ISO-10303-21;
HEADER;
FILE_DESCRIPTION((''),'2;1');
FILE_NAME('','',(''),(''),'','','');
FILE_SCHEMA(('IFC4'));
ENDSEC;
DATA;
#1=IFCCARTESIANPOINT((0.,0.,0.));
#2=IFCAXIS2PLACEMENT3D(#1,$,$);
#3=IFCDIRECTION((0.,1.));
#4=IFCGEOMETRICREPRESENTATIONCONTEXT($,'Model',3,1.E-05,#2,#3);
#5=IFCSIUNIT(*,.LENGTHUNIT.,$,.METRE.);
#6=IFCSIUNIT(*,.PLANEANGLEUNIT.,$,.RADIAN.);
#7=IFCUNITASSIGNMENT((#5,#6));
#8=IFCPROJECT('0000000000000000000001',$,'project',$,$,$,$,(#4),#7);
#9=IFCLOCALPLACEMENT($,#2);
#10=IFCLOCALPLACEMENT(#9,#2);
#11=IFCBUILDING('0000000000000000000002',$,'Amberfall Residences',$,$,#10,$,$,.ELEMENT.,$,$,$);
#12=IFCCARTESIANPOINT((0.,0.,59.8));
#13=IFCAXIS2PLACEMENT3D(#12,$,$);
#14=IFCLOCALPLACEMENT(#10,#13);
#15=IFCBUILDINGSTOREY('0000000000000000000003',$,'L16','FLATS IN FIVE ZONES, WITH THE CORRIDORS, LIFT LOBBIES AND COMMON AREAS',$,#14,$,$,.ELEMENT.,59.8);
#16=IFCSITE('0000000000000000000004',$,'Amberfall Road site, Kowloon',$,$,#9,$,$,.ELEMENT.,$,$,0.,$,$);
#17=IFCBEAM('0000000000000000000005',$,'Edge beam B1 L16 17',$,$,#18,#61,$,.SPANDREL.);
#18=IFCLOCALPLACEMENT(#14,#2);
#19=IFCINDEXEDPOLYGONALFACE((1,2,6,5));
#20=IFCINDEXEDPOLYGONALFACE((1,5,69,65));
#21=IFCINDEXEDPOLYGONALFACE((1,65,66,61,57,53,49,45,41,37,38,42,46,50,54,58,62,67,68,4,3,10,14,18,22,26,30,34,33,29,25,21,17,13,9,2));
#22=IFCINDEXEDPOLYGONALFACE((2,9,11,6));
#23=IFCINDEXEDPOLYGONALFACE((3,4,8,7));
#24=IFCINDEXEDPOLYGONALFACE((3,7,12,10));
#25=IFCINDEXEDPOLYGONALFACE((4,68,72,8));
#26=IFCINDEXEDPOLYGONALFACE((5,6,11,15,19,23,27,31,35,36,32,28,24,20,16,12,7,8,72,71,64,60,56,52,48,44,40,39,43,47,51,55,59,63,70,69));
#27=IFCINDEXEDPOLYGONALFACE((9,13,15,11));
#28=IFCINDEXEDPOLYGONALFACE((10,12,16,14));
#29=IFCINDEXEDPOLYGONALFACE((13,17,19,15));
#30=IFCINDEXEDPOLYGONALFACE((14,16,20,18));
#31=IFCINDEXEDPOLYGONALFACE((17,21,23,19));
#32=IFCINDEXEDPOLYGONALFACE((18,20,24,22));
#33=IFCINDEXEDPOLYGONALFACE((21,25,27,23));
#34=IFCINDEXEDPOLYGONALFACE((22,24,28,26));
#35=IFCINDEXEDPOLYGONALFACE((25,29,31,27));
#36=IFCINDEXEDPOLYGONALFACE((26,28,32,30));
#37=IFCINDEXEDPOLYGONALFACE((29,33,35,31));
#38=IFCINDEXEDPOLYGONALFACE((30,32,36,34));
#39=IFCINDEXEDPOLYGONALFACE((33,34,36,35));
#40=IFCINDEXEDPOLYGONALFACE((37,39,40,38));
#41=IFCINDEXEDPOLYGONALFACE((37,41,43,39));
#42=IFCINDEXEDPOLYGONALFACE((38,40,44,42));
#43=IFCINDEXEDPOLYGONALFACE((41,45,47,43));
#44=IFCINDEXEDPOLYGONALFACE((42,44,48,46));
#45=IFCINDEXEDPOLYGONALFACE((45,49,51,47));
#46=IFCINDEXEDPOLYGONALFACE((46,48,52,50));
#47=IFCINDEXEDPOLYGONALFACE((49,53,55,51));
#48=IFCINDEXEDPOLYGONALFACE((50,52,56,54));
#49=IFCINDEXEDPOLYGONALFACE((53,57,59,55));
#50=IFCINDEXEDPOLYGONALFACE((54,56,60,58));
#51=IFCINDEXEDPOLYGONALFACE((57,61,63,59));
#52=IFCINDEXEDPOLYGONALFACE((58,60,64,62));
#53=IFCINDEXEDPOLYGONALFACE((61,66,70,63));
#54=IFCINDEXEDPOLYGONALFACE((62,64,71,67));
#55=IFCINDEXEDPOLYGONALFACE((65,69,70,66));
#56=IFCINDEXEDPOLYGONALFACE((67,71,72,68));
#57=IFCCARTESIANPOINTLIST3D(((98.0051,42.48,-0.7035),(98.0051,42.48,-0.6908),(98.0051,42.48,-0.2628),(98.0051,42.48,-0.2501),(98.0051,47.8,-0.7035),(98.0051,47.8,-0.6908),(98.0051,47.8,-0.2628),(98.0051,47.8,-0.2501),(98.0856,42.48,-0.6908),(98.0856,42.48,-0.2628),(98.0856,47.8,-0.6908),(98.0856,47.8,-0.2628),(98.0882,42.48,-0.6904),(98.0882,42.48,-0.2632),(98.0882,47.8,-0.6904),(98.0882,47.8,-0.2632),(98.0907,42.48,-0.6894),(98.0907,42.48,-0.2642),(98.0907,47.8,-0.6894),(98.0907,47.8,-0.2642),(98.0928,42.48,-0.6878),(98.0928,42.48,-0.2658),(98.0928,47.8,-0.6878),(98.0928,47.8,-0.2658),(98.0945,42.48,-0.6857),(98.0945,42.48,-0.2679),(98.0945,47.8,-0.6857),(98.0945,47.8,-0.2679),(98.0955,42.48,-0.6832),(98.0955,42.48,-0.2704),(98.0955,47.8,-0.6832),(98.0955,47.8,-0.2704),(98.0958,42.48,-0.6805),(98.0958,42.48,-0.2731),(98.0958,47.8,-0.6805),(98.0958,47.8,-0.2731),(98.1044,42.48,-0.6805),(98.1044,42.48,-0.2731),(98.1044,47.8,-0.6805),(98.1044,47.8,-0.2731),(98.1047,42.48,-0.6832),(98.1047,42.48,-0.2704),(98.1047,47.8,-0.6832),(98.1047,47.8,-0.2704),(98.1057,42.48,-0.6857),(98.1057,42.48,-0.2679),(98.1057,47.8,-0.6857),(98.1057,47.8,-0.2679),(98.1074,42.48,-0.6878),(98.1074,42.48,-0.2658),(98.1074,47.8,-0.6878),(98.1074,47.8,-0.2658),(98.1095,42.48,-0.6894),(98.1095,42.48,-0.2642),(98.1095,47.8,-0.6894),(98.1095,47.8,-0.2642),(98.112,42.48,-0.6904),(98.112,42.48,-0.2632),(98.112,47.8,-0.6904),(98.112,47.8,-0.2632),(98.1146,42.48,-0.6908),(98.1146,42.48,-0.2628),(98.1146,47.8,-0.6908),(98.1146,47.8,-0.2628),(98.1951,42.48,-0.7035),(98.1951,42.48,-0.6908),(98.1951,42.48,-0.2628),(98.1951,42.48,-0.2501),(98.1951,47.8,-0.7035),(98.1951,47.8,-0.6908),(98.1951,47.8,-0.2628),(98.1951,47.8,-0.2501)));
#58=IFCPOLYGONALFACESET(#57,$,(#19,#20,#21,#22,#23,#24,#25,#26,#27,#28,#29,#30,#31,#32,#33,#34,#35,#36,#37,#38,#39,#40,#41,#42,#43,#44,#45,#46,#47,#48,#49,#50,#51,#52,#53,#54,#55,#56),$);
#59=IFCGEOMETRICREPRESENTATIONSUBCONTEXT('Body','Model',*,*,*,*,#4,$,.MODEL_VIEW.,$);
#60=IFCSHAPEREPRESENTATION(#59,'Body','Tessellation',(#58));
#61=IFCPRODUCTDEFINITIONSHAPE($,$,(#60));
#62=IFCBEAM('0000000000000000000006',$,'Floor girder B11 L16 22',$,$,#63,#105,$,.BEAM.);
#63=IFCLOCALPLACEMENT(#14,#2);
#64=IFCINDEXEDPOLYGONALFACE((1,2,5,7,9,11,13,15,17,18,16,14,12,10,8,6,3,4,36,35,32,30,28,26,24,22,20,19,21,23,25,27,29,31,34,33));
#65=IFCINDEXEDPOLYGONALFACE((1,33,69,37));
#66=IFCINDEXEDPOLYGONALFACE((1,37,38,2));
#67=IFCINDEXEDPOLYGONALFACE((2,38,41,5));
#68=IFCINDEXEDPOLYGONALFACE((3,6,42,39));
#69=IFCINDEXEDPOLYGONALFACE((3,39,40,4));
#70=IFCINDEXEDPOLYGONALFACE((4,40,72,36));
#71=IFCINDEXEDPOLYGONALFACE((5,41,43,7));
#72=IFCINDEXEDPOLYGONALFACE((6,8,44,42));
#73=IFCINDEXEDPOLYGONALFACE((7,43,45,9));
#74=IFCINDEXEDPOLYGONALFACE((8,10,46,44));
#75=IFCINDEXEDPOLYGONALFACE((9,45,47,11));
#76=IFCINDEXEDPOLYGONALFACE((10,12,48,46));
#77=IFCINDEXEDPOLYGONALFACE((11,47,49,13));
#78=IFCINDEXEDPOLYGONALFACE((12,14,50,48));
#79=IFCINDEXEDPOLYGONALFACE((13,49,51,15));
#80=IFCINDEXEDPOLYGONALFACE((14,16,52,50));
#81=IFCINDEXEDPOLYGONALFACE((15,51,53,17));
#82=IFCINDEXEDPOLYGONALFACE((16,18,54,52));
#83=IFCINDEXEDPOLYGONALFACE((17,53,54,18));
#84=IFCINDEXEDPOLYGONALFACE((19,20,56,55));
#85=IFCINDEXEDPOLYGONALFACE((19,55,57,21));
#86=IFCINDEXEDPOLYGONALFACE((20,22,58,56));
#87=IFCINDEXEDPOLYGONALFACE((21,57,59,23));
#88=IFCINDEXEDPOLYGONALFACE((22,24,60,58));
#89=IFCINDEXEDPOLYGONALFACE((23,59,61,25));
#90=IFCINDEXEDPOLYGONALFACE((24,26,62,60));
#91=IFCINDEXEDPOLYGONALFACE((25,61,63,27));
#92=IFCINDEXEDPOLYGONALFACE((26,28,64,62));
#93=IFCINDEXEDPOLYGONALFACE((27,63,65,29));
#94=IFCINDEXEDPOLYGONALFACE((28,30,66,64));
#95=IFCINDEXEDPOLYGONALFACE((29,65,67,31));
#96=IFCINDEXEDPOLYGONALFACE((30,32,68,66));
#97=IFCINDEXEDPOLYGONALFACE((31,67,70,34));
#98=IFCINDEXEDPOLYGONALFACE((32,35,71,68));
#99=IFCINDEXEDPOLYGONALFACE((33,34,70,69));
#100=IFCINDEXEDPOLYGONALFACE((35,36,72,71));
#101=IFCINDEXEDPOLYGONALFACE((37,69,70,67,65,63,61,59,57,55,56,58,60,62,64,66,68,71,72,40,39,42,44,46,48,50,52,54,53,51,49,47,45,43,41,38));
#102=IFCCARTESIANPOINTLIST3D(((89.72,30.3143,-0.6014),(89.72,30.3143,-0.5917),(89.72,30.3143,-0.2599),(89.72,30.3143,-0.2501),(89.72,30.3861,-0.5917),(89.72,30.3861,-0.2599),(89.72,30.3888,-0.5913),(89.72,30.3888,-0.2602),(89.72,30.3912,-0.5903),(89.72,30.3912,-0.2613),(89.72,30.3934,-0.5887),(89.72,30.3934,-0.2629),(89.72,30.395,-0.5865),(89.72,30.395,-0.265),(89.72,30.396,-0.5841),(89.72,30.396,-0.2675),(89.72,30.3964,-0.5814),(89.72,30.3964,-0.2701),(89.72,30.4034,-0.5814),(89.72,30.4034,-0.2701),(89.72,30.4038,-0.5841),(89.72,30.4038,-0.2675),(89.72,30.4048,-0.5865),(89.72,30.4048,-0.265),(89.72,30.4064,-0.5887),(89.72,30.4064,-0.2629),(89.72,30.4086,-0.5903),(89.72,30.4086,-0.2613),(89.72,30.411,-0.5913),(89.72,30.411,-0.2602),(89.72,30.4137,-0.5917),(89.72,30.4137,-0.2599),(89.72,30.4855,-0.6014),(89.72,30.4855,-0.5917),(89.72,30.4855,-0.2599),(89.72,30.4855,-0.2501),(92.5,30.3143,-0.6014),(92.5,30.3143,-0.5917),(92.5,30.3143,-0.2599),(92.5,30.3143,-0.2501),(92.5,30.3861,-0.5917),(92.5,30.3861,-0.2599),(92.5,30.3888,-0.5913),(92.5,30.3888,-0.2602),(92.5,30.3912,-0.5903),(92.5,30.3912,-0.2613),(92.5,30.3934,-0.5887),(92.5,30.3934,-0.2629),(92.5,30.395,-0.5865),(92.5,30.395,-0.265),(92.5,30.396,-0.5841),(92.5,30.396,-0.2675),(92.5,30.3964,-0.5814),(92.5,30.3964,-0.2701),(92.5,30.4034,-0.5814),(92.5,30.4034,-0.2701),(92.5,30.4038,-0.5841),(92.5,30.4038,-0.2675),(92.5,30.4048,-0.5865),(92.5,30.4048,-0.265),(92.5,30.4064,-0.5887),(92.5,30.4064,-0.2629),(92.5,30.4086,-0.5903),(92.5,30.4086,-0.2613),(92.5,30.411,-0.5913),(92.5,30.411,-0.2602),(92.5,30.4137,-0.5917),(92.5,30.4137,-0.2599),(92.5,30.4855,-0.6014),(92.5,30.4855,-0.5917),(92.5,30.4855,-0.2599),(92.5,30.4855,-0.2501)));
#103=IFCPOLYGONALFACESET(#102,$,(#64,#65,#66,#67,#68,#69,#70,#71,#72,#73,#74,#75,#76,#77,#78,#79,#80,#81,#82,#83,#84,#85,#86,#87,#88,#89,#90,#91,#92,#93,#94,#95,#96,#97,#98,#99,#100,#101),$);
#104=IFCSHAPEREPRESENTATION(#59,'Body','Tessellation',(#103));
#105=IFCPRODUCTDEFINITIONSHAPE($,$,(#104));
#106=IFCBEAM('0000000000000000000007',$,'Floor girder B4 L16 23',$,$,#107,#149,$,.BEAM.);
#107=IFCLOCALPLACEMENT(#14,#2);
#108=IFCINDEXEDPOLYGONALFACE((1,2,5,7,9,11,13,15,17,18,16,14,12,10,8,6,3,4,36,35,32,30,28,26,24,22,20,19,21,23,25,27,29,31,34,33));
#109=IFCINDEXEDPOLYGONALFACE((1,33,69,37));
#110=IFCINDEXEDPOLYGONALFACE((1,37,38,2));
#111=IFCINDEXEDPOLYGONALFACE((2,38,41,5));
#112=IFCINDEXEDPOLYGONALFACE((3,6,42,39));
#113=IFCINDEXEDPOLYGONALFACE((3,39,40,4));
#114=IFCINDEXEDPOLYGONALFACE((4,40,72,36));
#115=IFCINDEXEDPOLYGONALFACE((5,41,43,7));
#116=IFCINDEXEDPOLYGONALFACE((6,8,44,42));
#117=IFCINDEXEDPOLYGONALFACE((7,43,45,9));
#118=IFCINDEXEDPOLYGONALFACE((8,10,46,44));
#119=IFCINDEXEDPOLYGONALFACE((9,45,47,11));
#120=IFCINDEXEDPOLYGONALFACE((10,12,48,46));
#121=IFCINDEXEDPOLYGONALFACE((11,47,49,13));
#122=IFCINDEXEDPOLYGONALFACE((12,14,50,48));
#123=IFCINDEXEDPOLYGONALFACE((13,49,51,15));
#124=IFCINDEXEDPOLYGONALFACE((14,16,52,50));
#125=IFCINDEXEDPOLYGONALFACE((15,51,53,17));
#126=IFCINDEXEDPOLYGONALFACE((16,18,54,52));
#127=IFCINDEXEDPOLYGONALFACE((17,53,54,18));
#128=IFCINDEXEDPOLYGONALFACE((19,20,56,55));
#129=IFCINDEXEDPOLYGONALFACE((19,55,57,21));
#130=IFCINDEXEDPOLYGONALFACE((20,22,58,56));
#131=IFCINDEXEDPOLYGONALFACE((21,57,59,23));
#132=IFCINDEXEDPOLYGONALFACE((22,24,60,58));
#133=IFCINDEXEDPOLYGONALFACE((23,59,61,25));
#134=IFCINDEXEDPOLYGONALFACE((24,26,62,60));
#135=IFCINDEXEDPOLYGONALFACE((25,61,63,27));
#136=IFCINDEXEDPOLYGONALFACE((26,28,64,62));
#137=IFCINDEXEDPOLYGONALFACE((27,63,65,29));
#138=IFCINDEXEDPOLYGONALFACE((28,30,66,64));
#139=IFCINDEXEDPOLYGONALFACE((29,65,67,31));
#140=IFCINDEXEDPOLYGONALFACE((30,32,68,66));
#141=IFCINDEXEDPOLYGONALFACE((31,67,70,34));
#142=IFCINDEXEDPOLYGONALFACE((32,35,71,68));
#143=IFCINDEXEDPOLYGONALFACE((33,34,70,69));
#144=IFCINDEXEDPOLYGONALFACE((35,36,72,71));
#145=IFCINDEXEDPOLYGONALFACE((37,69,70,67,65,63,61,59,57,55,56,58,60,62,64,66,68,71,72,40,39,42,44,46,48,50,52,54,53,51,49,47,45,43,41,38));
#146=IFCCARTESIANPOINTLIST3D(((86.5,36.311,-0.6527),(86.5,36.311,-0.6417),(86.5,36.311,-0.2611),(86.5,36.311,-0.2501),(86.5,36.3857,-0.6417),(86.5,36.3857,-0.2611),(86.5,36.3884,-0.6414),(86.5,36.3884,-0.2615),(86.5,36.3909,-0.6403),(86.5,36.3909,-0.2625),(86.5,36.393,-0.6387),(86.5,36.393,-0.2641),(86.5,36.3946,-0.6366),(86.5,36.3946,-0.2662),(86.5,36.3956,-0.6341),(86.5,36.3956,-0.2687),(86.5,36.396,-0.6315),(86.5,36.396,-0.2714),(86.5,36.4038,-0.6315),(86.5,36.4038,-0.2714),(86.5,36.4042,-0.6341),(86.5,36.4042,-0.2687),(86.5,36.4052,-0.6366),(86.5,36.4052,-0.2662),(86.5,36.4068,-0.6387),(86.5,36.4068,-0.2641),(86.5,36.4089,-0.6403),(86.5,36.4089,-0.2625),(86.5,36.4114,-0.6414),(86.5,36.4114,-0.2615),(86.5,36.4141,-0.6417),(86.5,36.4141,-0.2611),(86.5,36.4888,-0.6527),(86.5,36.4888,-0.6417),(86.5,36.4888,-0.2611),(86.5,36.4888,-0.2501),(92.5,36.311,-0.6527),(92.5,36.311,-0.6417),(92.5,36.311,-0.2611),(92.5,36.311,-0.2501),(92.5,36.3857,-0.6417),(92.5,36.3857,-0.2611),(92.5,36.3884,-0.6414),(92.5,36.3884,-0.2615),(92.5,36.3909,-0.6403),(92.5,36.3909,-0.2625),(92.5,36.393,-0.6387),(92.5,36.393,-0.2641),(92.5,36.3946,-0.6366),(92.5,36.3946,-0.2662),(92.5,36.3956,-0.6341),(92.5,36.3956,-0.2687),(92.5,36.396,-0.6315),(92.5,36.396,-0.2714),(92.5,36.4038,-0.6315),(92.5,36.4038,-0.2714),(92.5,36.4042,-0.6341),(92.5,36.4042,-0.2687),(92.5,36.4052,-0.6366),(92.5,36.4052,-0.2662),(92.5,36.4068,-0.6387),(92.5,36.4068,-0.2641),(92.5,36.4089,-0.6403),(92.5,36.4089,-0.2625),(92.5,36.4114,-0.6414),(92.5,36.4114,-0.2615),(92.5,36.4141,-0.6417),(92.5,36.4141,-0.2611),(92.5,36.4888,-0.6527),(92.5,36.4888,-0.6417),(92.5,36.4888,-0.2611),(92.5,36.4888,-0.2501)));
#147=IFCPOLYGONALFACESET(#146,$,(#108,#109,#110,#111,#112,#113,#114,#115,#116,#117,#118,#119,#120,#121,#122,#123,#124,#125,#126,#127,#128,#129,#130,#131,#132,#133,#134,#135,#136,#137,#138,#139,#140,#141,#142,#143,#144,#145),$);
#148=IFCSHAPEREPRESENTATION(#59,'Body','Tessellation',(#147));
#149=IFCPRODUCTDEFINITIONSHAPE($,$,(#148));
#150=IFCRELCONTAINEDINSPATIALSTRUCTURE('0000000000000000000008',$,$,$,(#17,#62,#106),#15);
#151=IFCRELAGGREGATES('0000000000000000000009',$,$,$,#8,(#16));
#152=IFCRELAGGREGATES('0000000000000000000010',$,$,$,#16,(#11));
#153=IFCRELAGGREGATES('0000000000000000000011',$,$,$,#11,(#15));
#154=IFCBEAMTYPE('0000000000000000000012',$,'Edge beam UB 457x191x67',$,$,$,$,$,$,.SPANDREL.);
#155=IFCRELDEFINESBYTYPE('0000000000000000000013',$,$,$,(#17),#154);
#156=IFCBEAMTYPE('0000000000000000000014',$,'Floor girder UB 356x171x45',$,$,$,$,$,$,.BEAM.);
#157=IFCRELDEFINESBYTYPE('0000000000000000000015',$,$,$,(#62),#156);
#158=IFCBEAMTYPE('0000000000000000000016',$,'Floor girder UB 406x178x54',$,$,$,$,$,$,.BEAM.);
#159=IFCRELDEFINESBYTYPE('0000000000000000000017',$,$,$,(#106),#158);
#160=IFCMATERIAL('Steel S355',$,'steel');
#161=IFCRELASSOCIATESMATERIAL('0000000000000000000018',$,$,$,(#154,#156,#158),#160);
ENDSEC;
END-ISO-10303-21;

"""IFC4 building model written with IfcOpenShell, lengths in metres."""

from ifc_helpers import new_model, si_unit, direction, frame, origin, origin_2d, place, context, subcontext, project, spatial, i_section, extrude, material, material_profile, profile_set, type_object, element, save


model = new_model("IFC4")

# Units and contexts
model_context = context("Model", 3, precision=1e-05, world=origin(), true_north=direction((0.0, 1.0)))
body_context = subcontext(model_context, "Body", "Model", "MODEL_VIEW")
ifc_project = project(units=[si_unit("LENGTHUNIT", "METRE"), si_unit("PLANEANGLEUNIT", "RADIAN")], contexts=[model_context])

# Site, building, storey
site_placement = place(None, origin())
site = spatial("IfcSite", under=ifc_project, at=site_placement, Name="Amberfall Road site, Kowloon", CompositionType="ELEMENT", RefElevation=0.0)
building_placement = place(site_placement, origin())
building = spatial("IfcBuilding", under=site, at=building_placement, Name="Amberfall Residences", CompositionType="ELEMENT")
storey_placement = place(building_placement, frame((0.0, 0.0, 59.8)))
storey = spatial("IfcBuildingStorey", under=building, at=storey_placement, Name="L16", Description="FLATS IN FIVE ZONES, WITH THE CORRIDORS, LIFT LOBBIES AND COMMON AREAS", CompositionType="ELEMENT", Elevation=59.8)

# Beams
ifc_material_1 = material(Name="Steel S355", Category="steel")
ifc_material_profile_1 = material_profile(ifc_material_1, i_section(OverallWidth=0.1899, OverallDepth=0.4534, WebThickness=0.0085, FlangeThickness=0.0127, FilletRadius=0.0103, at=origin_2d()), Name="UB 457x191x67")
ifc_profile_set_1 = profile_set([ifc_material_profile_1], Name="Steel S355")
beam_type_1 = type_object("IfcBeamType", Name="Edge beam UB 457x191x67", PredefinedType="SPANDREL", material=ifc_profile_set_1)
beam_1_placement = place(storey_placement, frame((98.1001, 42.48, -0.4768), z_axis=(0.0, 1.0, 0.0), x_axis=(-1.0, 0.0, 0.0)))
element("IfcBeam", 1, at=beam_1_placement, inside=storey, type_object=beam_type_1, Name="Edge beam B1 L16 17", PredefinedType="SPANDREL", context=body_context, shape_type="SweptSolid", body=[
    extrude(i_section(OverallWidth=0.1899, OverallDepth=0.4534, WebThickness=0.0085, FlangeThickness=0.0127, FilletRadius=0.0103, at=origin_2d()), origin(), (0.0, 0.0, 1.0), 5.3201),
])
ifc_material_profile_2 = material_profile(ifc_material_1, i_section(OverallWidth=0.1711, OverallDepth=0.3513, WebThickness=0.0071, FlangeThickness=0.0098, FilletRadius=0.0103, at=origin_2d()), Name="UB 356x171x45")
ifc_profile_set_2 = profile_set([ifc_material_profile_2], Name="Steel S355")
beam_type_2 = type_object("IfcBeamType", Name="Floor girder UB 356x171x45", PredefinedType="BEAM", material=ifc_profile_set_2)
beam_2_placement = place(storey_placement, frame((92.5, 30.3999, -0.4258), z_axis=(-1.0, 0.0, 0.0), x_axis=(0.0, -1.0, 0.0)))
element("IfcBeam", 2, at=beam_2_placement, inside=storey, type_object=beam_type_2, Name="Floor girder B11 L16 22", PredefinedType="BEAM", context=body_context, shape_type="SweptSolid", body=[
    extrude(i_section(OverallWidth=0.1711, OverallDepth=0.3513, WebThickness=0.0071, FlangeThickness=0.0098, FilletRadius=0.0103, at=origin_2d()), origin(), (0.0, 0.0, 1.0), 2.78),
])
ifc_material_profile_3 = material_profile(ifc_material_1, i_section(OverallWidth=0.1777, OverallDepth=0.4026, WebThickness=0.0078, FlangeThickness=0.011, FilletRadius=0.0103, at=origin_2d()), Name="UB 406x178x54")
ifc_profile_set_3 = profile_set([ifc_material_profile_3], Name="Steel S355")
beam_type_3 = type_object("IfcBeamType", Name="Floor girder UB 406x178x54", PredefinedType="BEAM", material=ifc_profile_set_3)
beam_3_placement = place(storey_placement, frame((92.5, 36.3999, -0.4514), z_axis=(-1.0, 0.0, 0.0), x_axis=(0.0, -1.0, 0.0)))
element("IfcBeam", 3, at=beam_3_placement, inside=storey, type_object=beam_type_3, Name="Floor girder B4 L16 23", PredefinedType="BEAM", context=body_context, shape_type="SweptSolid", body=[
    extrude(i_section(OverallWidth=0.1777, OverallDepth=0.4026, WebThickness=0.0078, FlangeThickness=0.011, FilletRadius=0.0103, at=origin_2d()), origin(), (0.0, 0.0, 1.0), 6.0),
])

save(model, "model.ifc")
